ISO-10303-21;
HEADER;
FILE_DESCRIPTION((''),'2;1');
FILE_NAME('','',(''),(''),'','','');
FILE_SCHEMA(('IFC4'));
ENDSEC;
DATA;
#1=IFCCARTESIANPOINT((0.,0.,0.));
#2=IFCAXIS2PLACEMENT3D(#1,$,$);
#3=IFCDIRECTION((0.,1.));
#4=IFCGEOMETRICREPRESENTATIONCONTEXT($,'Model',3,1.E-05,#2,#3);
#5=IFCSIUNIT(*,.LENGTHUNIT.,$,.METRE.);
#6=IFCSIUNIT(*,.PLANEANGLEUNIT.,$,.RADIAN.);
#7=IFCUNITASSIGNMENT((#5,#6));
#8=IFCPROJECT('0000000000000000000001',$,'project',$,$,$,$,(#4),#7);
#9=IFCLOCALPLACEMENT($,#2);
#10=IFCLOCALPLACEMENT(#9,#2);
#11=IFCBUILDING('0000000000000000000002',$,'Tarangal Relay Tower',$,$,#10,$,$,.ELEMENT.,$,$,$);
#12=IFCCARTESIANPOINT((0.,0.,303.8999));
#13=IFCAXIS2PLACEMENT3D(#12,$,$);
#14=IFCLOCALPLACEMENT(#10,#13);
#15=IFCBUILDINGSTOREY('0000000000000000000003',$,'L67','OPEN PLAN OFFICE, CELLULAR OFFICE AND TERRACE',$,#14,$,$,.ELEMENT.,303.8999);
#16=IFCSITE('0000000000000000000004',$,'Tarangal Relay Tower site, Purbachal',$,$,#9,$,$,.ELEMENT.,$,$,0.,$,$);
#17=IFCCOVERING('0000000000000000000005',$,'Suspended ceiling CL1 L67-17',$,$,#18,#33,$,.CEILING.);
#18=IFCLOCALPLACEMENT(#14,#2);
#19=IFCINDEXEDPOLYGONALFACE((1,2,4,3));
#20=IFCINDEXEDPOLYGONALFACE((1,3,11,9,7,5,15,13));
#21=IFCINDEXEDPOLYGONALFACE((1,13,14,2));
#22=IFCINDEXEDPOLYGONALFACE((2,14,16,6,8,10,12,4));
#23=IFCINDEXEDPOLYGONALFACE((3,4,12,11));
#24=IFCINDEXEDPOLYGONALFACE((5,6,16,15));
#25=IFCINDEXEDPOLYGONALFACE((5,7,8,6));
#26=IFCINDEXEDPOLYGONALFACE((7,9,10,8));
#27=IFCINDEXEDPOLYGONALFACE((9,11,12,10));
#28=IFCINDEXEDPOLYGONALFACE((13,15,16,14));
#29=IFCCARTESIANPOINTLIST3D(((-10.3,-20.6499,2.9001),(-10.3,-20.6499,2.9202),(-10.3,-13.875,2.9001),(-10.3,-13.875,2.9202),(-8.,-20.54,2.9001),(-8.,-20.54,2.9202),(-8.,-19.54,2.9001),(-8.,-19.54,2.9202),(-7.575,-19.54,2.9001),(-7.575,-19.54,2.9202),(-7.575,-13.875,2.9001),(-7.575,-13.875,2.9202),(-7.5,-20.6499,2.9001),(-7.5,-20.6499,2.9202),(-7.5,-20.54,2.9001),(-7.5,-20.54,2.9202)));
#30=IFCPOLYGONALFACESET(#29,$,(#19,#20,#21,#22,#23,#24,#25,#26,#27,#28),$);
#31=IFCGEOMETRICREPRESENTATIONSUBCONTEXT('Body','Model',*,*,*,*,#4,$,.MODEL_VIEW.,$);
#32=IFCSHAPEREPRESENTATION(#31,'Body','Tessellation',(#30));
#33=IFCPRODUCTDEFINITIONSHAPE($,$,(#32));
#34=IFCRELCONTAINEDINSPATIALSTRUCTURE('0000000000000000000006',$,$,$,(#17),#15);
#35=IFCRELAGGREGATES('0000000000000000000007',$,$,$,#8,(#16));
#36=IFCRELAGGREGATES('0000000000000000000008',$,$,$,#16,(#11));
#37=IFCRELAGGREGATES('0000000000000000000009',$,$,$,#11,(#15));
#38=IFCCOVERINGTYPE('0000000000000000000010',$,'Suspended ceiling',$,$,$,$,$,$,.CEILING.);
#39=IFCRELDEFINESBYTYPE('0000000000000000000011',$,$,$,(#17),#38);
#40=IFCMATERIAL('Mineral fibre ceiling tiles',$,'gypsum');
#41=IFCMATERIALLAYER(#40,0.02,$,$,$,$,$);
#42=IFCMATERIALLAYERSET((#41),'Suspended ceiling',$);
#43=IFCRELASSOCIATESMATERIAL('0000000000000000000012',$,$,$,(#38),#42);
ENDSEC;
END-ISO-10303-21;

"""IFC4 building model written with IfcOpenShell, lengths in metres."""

from ifc_helpers import new_model, si_unit, direction, frame, origin, place, context, subcontext, project, spatial, polyline, outline, extrude, material, layer, layer_set, type_object, element, save


model = new_model("IFC4")

# Units and contexts
model_context = context("Model", 3, precision=1e-05, world=origin(), true_north=direction((0.0, 1.0)))
body_context = subcontext(model_context, "Body", "Model", "MODEL_VIEW")
ifc_project = project(units=[si_unit("LENGTHUNIT", "METRE"), si_unit("PLANEANGLEUNIT", "RADIAN")], contexts=[model_context])

# Site, building, storey
site_placement = place(None, origin())
site = spatial("IfcSite", under=ifc_project, at=site_placement, Name="Tarangal Relay Tower site, Purbachal", CompositionType="ELEMENT", RefElevation=0.0)
building_placement = place(site_placement, origin())
building = spatial("IfcBuilding", under=site, at=building_placement, Name="Tarangal Relay Tower", CompositionType="ELEMENT")
storey_placement = place(building_placement, frame((0.0, 0.0, 303.8999)))
storey = spatial("IfcBuildingStorey", under=building, at=storey_placement, Name="L67", Description="OPEN PLAN OFFICE, CELLULAR OFFICE AND TERRACE", CompositionType="ELEMENT", Elevation=303.8999)

# Covering
ifc_material_1 = material(Name="Mineral fibre ceiling tiles", Category="gypsum")
ifc_layer_1 = layer(ifc_material_1, 0.02)
ifc_layer_set_1 = layer_set([ifc_layer_1], Name="Suspended ceiling")
covering_type_1 = type_object("IfcCoveringType", Name="Suspended ceiling", PredefinedType="CEILING", material=ifc_layer_set_1)
covering_1_placement = place(storey_placement, frame((0.0, 0.0, 2.9001)))
element("IfcCovering", 1, at=covering_1_placement, inside=storey, type_object=covering_type_1, Name="Suspended ceiling CL1 L67-17", PredefinedType="CEILING", context=body_context, shape_type="SweptSolid", body=[
    extrude(outline(polyline([(-10.3, -20.6499), (-7.5, -20.6499), (-7.5, -20.54), (-8.0, -20.54), (-8.0, -19.54), (-7.575, -19.54), (-7.575, -13.875), (-10.3, -13.875), (-10.3, -20.6499)])), origin(), (0.0, 0.0, 1.0), 0.02),
])

save(model, "model.ifc")
